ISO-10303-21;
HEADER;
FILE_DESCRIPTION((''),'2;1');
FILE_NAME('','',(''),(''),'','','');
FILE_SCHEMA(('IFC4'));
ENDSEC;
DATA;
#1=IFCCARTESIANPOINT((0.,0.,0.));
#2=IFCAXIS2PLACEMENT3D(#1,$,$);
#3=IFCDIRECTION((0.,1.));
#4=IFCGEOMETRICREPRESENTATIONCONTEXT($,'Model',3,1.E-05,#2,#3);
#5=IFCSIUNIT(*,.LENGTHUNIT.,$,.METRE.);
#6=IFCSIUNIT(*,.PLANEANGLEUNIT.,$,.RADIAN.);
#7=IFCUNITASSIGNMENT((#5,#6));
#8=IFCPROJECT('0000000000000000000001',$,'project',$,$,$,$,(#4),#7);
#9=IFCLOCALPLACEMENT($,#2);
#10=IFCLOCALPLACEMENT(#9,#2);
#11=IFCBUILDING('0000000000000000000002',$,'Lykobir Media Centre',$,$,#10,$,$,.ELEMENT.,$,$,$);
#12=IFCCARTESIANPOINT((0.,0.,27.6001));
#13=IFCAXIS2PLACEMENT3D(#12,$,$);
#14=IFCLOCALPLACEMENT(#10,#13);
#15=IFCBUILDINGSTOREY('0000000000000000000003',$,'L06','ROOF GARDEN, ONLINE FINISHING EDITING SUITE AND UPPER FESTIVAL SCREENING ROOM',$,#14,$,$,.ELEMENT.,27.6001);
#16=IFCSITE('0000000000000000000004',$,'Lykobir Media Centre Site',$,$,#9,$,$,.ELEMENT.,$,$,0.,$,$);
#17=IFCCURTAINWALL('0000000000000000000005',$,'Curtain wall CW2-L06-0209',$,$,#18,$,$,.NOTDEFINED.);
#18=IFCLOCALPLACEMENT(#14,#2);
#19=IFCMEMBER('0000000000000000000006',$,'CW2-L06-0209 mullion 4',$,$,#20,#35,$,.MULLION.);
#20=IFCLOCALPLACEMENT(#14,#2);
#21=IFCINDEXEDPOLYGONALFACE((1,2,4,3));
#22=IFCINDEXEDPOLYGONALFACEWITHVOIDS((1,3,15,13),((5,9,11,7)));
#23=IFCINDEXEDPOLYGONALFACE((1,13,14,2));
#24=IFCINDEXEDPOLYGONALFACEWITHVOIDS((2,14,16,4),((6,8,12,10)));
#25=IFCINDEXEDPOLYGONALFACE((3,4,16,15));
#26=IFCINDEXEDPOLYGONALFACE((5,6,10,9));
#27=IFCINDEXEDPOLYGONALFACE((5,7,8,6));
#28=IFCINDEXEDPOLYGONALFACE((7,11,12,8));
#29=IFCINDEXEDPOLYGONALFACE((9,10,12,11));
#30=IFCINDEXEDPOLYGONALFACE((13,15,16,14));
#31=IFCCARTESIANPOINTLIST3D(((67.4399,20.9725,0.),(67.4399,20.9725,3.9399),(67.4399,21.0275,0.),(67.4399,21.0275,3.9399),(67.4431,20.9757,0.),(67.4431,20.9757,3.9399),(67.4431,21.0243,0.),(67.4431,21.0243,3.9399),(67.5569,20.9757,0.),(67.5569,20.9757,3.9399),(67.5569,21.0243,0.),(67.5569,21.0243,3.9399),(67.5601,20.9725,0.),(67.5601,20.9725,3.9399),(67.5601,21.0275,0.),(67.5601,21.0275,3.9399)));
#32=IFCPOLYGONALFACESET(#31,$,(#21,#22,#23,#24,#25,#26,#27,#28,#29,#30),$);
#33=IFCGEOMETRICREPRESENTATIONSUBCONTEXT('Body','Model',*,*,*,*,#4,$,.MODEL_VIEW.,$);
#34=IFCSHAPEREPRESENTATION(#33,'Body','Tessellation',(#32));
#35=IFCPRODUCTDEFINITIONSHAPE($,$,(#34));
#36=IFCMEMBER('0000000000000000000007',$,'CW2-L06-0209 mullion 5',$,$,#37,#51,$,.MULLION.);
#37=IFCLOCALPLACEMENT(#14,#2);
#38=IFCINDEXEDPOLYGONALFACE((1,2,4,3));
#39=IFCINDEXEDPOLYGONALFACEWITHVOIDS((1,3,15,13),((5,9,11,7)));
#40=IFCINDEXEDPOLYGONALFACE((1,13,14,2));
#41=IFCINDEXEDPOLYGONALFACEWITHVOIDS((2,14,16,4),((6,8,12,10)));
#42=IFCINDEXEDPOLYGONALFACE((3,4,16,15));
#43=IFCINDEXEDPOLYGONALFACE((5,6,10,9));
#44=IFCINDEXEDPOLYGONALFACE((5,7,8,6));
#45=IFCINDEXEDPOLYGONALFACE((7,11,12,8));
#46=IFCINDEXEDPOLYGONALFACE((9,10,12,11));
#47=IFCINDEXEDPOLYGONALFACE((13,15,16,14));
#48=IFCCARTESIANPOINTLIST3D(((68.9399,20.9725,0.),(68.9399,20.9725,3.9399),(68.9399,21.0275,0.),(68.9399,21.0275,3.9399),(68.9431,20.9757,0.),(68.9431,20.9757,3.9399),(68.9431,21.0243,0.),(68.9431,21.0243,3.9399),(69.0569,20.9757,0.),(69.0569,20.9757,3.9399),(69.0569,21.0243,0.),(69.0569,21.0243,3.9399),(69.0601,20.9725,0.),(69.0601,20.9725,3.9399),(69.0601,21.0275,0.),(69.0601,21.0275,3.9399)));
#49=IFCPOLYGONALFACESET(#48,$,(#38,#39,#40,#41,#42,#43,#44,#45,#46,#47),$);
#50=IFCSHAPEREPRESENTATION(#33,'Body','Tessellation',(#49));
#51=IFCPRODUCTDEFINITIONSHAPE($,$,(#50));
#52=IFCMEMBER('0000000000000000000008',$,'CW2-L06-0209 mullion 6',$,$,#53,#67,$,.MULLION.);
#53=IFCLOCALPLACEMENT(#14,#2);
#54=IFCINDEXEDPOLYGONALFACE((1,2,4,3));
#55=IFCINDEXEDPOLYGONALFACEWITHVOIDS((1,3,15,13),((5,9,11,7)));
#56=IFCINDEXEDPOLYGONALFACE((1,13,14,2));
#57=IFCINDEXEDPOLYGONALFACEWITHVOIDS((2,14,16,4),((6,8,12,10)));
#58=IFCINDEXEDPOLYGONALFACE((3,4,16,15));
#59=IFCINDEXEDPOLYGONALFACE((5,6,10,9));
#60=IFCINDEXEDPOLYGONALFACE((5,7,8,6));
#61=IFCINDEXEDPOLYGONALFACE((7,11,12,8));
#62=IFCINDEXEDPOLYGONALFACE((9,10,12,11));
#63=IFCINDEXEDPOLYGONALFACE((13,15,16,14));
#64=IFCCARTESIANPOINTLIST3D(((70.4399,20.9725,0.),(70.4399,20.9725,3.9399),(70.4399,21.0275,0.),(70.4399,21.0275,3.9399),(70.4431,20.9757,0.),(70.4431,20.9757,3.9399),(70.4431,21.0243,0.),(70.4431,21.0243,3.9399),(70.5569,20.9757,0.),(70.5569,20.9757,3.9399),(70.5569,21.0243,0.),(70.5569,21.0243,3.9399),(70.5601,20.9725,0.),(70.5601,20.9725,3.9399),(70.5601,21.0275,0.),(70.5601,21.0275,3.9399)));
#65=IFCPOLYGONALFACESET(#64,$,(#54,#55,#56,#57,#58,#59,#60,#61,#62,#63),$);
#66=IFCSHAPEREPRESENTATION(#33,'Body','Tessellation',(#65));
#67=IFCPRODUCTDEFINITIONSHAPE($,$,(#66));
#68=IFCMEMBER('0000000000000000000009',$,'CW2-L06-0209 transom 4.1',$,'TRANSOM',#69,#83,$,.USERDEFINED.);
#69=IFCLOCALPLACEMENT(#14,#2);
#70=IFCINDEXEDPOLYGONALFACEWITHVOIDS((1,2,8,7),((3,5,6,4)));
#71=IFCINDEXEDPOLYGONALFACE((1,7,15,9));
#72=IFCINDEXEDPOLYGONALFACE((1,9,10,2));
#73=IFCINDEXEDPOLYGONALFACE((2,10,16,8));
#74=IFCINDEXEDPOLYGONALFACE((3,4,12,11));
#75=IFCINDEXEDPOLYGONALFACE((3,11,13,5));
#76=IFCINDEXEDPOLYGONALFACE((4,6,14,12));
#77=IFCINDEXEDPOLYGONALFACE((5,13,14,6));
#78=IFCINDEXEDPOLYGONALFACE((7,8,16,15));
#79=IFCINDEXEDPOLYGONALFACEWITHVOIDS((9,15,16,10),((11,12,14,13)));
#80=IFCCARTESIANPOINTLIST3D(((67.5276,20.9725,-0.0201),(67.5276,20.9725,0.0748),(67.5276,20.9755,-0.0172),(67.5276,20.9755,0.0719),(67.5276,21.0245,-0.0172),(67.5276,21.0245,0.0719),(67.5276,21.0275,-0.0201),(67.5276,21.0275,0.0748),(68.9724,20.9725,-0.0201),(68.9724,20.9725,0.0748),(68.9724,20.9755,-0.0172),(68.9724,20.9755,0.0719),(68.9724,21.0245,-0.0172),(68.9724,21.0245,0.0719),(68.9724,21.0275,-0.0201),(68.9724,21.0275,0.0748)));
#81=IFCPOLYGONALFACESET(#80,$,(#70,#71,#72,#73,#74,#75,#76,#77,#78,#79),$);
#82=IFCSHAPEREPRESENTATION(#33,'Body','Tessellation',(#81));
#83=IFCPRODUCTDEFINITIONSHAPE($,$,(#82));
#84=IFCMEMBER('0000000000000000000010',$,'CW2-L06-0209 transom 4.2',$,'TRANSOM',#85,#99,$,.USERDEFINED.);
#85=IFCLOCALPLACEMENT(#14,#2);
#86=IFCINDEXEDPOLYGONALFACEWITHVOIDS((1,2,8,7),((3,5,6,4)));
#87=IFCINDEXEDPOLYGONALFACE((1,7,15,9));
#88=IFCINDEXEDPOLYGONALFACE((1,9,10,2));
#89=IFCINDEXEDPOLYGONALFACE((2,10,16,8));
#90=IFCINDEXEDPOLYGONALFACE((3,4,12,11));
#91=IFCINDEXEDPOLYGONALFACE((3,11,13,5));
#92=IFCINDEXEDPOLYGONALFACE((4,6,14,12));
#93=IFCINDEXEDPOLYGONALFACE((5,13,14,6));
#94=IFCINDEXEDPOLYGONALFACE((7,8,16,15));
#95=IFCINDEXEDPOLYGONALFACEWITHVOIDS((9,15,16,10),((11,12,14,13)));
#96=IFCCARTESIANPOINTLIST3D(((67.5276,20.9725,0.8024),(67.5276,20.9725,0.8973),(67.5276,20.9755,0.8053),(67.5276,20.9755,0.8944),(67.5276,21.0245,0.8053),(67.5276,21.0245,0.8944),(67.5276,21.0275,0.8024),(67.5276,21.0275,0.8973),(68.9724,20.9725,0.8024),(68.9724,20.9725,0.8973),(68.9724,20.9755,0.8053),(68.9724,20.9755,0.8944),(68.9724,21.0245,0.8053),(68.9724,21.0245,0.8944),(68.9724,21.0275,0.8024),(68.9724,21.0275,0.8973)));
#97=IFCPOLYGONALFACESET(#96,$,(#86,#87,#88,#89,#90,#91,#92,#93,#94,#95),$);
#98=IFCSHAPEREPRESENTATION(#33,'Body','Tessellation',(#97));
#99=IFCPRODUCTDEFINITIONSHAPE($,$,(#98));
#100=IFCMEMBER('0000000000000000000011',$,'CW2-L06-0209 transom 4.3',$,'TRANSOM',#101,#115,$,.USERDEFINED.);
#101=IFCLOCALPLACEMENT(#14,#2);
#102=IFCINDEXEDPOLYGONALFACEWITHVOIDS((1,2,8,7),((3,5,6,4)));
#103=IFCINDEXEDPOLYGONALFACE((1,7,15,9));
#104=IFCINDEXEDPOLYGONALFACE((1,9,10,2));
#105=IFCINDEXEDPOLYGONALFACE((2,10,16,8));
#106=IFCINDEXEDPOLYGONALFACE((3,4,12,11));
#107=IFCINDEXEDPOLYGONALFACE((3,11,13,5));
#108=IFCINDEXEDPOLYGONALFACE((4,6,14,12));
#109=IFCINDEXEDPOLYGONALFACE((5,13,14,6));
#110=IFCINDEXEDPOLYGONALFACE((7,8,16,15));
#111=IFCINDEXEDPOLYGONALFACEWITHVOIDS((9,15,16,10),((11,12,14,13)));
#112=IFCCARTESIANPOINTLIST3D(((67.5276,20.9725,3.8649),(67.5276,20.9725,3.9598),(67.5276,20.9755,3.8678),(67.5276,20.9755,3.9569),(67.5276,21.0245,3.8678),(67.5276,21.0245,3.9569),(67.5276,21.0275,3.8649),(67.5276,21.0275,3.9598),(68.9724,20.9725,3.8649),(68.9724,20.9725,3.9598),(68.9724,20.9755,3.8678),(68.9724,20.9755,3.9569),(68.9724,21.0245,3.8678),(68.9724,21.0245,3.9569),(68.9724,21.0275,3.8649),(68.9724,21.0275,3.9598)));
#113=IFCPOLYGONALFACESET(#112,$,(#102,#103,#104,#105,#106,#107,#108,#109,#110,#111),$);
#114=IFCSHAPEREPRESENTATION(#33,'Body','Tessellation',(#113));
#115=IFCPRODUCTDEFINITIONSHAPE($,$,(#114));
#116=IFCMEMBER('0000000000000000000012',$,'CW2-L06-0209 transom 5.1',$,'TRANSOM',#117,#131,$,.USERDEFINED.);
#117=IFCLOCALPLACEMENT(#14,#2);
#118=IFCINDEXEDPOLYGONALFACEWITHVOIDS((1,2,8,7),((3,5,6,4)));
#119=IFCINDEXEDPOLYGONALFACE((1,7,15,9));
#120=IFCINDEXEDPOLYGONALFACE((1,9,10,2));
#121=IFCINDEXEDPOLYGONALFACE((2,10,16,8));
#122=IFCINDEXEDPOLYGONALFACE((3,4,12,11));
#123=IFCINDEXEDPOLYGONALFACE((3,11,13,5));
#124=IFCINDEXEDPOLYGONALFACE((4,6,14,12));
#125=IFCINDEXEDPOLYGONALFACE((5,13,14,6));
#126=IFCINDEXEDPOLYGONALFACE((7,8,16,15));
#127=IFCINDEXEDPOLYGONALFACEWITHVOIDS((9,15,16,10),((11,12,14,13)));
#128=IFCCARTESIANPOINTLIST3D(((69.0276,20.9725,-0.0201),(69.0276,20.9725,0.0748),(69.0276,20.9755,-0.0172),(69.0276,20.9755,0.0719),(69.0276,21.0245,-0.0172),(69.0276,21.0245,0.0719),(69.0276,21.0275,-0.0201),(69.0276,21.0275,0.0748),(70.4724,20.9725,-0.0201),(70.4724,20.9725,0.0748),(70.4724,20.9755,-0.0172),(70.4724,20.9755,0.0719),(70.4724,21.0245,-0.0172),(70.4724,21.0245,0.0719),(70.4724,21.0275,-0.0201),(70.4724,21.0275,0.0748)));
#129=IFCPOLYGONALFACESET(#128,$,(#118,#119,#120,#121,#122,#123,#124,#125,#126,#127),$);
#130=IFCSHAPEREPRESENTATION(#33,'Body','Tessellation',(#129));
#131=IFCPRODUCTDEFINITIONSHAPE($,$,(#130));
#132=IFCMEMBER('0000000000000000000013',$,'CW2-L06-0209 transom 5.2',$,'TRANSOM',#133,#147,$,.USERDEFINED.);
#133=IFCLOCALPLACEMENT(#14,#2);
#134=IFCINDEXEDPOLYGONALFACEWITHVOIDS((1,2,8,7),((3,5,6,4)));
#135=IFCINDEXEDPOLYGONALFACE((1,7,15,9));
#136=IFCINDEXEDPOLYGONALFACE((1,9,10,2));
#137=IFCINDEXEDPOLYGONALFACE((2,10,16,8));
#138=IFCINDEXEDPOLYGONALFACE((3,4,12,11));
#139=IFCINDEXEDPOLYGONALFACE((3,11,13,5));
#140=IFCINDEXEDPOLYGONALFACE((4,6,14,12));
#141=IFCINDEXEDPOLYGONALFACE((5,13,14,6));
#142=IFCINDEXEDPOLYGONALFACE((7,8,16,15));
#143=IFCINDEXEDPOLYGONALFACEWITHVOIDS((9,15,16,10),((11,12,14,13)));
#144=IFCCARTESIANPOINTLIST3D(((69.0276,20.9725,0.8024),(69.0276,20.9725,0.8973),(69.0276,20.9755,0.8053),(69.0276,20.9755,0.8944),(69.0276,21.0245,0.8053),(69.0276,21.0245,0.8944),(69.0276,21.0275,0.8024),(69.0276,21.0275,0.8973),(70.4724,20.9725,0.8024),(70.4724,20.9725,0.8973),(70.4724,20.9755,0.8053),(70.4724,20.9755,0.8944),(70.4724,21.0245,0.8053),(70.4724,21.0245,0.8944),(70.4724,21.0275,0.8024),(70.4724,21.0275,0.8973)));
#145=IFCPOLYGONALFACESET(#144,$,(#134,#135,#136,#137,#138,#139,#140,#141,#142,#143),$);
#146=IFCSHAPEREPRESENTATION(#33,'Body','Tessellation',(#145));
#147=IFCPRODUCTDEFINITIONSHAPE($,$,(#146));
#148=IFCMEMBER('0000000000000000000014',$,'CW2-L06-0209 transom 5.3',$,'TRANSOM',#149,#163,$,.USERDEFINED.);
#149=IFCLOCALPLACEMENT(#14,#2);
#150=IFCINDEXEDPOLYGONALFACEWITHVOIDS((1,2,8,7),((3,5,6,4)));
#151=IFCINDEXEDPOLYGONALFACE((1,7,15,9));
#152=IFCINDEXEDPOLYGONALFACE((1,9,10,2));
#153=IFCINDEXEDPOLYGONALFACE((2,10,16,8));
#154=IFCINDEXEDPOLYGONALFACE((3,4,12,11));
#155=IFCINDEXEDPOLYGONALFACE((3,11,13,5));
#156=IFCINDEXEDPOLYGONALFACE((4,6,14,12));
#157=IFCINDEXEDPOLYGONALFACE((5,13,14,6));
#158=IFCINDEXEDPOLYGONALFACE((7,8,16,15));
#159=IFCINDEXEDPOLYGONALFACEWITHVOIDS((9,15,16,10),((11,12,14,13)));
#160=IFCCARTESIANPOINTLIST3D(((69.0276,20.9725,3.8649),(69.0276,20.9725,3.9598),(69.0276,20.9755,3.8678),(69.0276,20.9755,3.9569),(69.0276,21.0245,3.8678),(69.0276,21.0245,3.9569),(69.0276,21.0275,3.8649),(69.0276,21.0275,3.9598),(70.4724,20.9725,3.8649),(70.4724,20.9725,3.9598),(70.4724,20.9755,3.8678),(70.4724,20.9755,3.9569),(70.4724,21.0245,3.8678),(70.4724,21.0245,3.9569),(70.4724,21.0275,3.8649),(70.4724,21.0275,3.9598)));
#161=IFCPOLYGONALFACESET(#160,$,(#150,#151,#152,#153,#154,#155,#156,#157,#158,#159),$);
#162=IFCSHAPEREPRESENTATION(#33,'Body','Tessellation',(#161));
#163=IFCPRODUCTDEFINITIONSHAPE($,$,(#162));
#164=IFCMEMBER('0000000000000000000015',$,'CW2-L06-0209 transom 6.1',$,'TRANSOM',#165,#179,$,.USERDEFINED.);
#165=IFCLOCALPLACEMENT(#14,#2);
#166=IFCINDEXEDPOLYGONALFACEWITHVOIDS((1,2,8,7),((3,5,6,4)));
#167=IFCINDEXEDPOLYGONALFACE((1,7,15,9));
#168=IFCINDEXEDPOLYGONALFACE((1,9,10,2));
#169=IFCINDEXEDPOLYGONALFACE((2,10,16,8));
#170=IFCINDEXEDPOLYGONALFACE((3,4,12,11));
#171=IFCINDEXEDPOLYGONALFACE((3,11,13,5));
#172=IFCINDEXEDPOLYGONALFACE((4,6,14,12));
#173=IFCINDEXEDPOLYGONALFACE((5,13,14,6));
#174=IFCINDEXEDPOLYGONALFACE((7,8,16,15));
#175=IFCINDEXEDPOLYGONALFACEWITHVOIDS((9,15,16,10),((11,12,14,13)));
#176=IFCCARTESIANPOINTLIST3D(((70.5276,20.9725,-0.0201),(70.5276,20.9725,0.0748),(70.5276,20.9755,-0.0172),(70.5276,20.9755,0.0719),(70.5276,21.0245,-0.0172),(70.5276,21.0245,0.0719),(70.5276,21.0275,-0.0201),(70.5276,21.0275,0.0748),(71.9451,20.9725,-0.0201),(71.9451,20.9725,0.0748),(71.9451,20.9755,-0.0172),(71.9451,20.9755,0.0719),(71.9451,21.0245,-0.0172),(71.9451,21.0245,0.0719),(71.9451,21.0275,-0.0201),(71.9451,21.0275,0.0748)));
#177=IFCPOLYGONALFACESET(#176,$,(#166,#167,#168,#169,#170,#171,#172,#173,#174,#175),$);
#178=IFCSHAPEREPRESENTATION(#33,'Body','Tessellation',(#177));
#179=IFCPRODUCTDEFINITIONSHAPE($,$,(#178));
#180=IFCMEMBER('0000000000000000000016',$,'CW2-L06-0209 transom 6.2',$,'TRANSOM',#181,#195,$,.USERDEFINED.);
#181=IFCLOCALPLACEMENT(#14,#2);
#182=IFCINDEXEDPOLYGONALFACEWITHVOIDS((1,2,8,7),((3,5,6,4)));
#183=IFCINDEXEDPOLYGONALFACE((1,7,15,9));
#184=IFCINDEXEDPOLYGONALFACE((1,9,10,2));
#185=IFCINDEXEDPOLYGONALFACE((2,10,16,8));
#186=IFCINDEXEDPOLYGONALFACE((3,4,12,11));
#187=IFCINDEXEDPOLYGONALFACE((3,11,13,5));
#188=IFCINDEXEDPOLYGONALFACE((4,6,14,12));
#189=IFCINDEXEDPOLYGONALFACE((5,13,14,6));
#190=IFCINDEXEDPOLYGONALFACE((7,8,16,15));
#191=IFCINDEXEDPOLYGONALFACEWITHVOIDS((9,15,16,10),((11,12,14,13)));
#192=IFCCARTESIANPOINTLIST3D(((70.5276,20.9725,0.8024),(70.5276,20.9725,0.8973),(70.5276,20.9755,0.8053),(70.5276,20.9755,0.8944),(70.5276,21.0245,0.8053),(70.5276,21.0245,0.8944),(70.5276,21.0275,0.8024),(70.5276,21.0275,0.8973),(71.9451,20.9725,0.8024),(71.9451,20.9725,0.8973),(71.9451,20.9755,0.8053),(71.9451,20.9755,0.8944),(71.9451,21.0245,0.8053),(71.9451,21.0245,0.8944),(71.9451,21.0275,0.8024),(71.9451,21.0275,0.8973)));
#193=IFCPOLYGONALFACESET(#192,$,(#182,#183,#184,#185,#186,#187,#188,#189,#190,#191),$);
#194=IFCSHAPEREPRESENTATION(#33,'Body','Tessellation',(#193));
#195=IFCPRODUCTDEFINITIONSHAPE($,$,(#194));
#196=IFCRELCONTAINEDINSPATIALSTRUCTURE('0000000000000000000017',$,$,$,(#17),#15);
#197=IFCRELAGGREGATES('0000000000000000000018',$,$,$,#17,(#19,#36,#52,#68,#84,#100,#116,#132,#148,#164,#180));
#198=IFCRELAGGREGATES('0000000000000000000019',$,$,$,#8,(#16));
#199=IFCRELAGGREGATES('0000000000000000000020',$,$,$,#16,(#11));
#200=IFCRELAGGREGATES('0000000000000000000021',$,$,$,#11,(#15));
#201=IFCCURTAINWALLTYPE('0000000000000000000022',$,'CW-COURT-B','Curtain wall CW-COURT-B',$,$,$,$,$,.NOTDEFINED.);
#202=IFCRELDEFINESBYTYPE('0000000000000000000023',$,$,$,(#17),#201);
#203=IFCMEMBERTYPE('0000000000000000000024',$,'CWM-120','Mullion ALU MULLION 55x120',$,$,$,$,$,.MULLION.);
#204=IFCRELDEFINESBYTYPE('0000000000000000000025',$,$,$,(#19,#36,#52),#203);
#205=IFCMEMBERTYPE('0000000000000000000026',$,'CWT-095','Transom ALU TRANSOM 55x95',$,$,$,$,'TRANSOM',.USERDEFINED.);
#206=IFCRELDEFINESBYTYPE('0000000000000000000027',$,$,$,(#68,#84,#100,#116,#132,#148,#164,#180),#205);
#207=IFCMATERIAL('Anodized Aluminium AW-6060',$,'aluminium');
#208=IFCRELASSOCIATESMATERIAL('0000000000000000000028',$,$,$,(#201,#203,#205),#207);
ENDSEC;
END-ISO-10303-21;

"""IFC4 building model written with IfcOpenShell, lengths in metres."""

from ifc_helpers import new_model, si_unit, direction, frame, origin, origin_2d, place, context, subcontext, project, spatial, hollow_rectangle, extrude, material, material_profile, profile_set, type_object, element, aggregate, save


model = new_model("IFC4")

# Units and contexts
model_context = context("Model", 3, precision=1e-05, world=origin(), true_north=direction((0.0, 1.0)))
body_context = subcontext(model_context, "Body", "Model", "MODEL_VIEW")
ifc_project = project(units=[si_unit("LENGTHUNIT", "METRE"), si_unit("PLANEANGLEUNIT", "RADIAN")], contexts=[model_context])

# Site, building, storey
site_placement = place(None, origin())
site = spatial("IfcSite", under=ifc_project, at=site_placement, Name="Lykobir Media Centre Site", CompositionType="ELEMENT", RefElevation=0.0)
building_placement = place(site_placement, origin())
building = spatial("IfcBuilding", under=site, at=building_placement, Name="Lykobir Media Centre", CompositionType="ELEMENT")
storey_placement = place(building_placement, frame((0.0, 0.0, 27.6001)))
storey = spatial("IfcBuildingStorey", under=building, at=storey_placement, Name="L06", Description="ROOF GARDEN, ONLINE FINISHING EDITING SUITE AND UPPER FESTIVAL SCREENING ROOM", CompositionType="ELEMENT", Elevation=27.6001)

# Curtain wall, members
ifc_material_1 = material(Name="Anodized Aluminium AW-6060", Category="aluminium")
curtain_wall_type = type_object("IfcCurtainWallType", Name="CW-COURT-B", Description="Curtain wall CW-COURT-B", PredefinedType="NOTDEFINED", material=ifc_material_1)
curtain_wall_placement = place(storey_placement, origin())
curtain_wall = element("IfcCurtainWall", 1, at=curtain_wall_placement, inside=storey, type_object=curtain_wall_type, Name="Curtain wall CW2-L06-0209", PredefinedType="NOTDEFINED")
ifc_material_profile_1 = material_profile(ifc_material_1, hollow_rectangle(XDim=0.0549, YDim=0.1201, WallThickness=0.0032, at=origin_2d()), Name="ALU MULLION 55x120")
ifc_profile_set_1 = profile_set([ifc_material_profile_1], Name="Anodized Aluminium AW-6060")
member_type_1 = type_object("IfcMemberType", Name="CWM-120", Description="Mullion ALU MULLION 55x120", PredefinedType="MULLION", material=ifc_profile_set_1)
member_1_placement = place(storey_placement, frame((67.5, 21.0, 0.0), z_axis=(0.0, 0.0, 1.0), x_axis=(0.0, 1.0, 0.0)))
member_1 = element("IfcMember", 2, at=member_1_placement, type_object=member_type_1, Name="CW2-L06-0209 mullion 4", PredefinedType="MULLION", context=body_context, shape_type="SweptSolid", body=[
    extrude(hollow_rectangle(XDim=0.0549, YDim=0.1201, WallThickness=0.0032, at=origin_2d()), origin(), (0.0, 0.0, 1.0), 3.9399),
])
member_2_placement = place(storey_placement, frame((69.0, 21.0, 0.0), z_axis=(0.0, 0.0, 1.0), x_axis=(0.0, 1.0, 0.0)))
member_2 = element("IfcMember", 3, at=member_2_placement, type_object=member_type_1, Name="CW2-L06-0209 mullion 5", PredefinedType="MULLION", context=body_context, shape_type="SweptSolid", body=[
    extrude(hollow_rectangle(XDim=0.0549, YDim=0.1201, WallThickness=0.0032, at=origin_2d()), origin(), (0.0, 0.0, 1.0), 3.9399),
])
member_3_placement = place(storey_placement, frame((70.5, 21.0, 0.0), z_axis=(0.0, 0.0, 1.0), x_axis=(0.0, 1.0, 0.0)))
member_3 = element("IfcMember", 4, at=member_3_placement, type_object=member_type_1, Name="CW2-L06-0209 mullion 6", PredefinedType="MULLION", context=body_context, shape_type="SweptSolid", body=[
    extrude(hollow_rectangle(XDim=0.0549, YDim=0.1201, WallThickness=0.0032, at=origin_2d()), origin(), (0.0, 0.0, 1.0), 3.9399),
])
ifc_material_profile_2 = material_profile(ifc_material_1, hollow_rectangle(XDim=0.0549, YDim=0.095, WallThickness=0.0029, at=origin_2d()), Name="ALU TRANSOM 55x95")
ifc_profile_set_2 = profile_set([ifc_material_profile_2], Name="Anodized Aluminium AW-6060")
member_type_2 = type_object("IfcMemberType", Name="CWT-095", Description="Transom ALU TRANSOM 55x95", ElementType="TRANSOM", PredefinedType="USERDEFINED", material=ifc_profile_set_2)
member_4_placement = place(storey_placement, frame((67.5276, 21.0, 0.0273), z_axis=(1.0, 0.0, 0.0), x_axis=(0.0, 1.0, 0.0)))
member_4 = element("IfcMember", 5, at=member_4_placement, type_object=member_type_2, Name="CW2-L06-0209 transom 4.1", ObjectType="TRANSOM", PredefinedType="USERDEFINED", context=body_context, shape_type="SweptSolid", body=[
    extrude(hollow_rectangle(XDim=0.0549, YDim=0.095, WallThickness=0.0029, at=origin_2d()), origin(), (0.0, 0.0, 1.0), 1.4448),
])
member_5_placement = place(storey_placement, frame((67.5276, 21.0, 0.8499), z_axis=(1.0, 0.0, 0.0), x_axis=(0.0, 1.0, 0.0)))
member_5 = element("IfcMember", 6, at=member_5_placement, type_object=member_type_2, Name="CW2-L06-0209 transom 4.2", ObjectType="TRANSOM", PredefinedType="USERDEFINED", context=body_context, shape_type="SweptSolid", body=[
    extrude(hollow_rectangle(XDim=0.0549, YDim=0.095, WallThickness=0.0029, at=origin_2d()), origin(), (0.0, 0.0, 1.0), 1.4448),
])
member_6_placement = place(storey_placement, frame((67.5276, 21.0, 3.9124), z_axis=(1.0, 0.0, 0.0), x_axis=(0.0, 1.0, 0.0)))
member_6 = element("IfcMember", 7, at=member_6_placement, type_object=member_type_2, Name="CW2-L06-0209 transom 4.3", ObjectType="TRANSOM", PredefinedType="USERDEFINED", context=body_context, shape_type="SweptSolid", body=[
    extrude(hollow_rectangle(XDim=0.0549, YDim=0.095, WallThickness=0.0029, at=origin_2d()), origin(), (0.0, 0.0, 1.0), 1.4448),
])
member_7_placement = place(storey_placement, frame((69.0276, 21.0, 0.0273), z_axis=(1.0, 0.0, 0.0), x_axis=(0.0, 1.0, 0.0)))
member_7 = element("IfcMember", 8, at=member_7_placement, type_object=member_type_2, Name="CW2-L06-0209 transom 5.1", ObjectType="TRANSOM", PredefinedType="USERDEFINED", context=body_context, shape_type="SweptSolid", body=[
    extrude(hollow_rectangle(XDim=0.0549, YDim=0.095, WallThickness=0.0029, at=origin_2d()), origin(), (0.0, 0.0, 1.0), 1.4448),
])
member_8_placement = place(storey_placement, frame((69.0276, 21.0, 0.8499), z_axis=(1.0, 0.0, 0.0), x_axis=(0.0, 1.0, 0.0)))
member_8 = element("IfcMember", 9, at=member_8_placement, type_object=member_type_2, Name="CW2-L06-0209 transom 5.2", ObjectType="TRANSOM", PredefinedType="USERDEFINED", context=body_context, shape_type="SweptSolid", body=[
    extrude(hollow_rectangle(XDim=0.0549, YDim=0.095, WallThickness=0.0029, at=origin_2d()), origin(), (0.0, 0.0, 1.0), 1.4448),
])
member_9_placement = place(storey_placement, frame((69.0276, 21.0, 3.9124), z_axis=(1.0, 0.0, 0.0), x_axis=(0.0, 1.0, 0.0)))
member_9 = element("IfcMember", 10, at=member_9_placement, type_object=member_type_2, Name="CW2-L06-0209 transom 5.3", ObjectType="TRANSOM", PredefinedType="USERDEFINED", context=body_context, shape_type="SweptSolid", body=[
    extrude(hollow_rectangle(XDim=0.0549, YDim=0.095, WallThickness=0.0029, at=origin_2d()), origin(), (0.0, 0.0, 1.0), 1.4448),
])
member_10_placement = place(storey_placement, frame((70.5276, 21.0, 0.0273), z_axis=(1.0, 0.0, 0.0), x_axis=(0.0, 1.0, 0.0)))
member_10 = element("IfcMember", 11, at=member_10_placement, type_object=member_type_2, Name="CW2-L06-0209 transom 6.1", ObjectType="TRANSOM", PredefinedType="USERDEFINED", context=body_context, shape_type="SweptSolid", body=[
    extrude(hollow_rectangle(XDim=0.0549, YDim=0.095, WallThickness=0.0029, at=origin_2d()), origin(), (0.0, 0.0, 1.0), 1.4175),
])
member_11_placement = place(storey_placement, frame((70.5276, 21.0, 0.8499), z_axis=(1.0, 0.0, 0.0), x_axis=(0.0, 1.0, 0.0)))
member_11 = element("IfcMember", 12, at=member_11_placement, type_object=member_type_2, Name="CW2-L06-0209 transom 6.2", ObjectType="TRANSOM", PredefinedType="USERDEFINED", context=body_context, shape_type="SweptSolid", body=[
    extrude(hollow_rectangle(XDim=0.0549, YDim=0.095, WallThickness=0.0029, at=origin_2d()), origin(), (0.0, 0.0, 1.0), 1.4175),
])
aggregate(curtain_wall, [member_1, member_2, member_3, member_4, member_5, member_6, member_7, member_8, member_9, member_10, member_11])

save(model, "model.ifc")
